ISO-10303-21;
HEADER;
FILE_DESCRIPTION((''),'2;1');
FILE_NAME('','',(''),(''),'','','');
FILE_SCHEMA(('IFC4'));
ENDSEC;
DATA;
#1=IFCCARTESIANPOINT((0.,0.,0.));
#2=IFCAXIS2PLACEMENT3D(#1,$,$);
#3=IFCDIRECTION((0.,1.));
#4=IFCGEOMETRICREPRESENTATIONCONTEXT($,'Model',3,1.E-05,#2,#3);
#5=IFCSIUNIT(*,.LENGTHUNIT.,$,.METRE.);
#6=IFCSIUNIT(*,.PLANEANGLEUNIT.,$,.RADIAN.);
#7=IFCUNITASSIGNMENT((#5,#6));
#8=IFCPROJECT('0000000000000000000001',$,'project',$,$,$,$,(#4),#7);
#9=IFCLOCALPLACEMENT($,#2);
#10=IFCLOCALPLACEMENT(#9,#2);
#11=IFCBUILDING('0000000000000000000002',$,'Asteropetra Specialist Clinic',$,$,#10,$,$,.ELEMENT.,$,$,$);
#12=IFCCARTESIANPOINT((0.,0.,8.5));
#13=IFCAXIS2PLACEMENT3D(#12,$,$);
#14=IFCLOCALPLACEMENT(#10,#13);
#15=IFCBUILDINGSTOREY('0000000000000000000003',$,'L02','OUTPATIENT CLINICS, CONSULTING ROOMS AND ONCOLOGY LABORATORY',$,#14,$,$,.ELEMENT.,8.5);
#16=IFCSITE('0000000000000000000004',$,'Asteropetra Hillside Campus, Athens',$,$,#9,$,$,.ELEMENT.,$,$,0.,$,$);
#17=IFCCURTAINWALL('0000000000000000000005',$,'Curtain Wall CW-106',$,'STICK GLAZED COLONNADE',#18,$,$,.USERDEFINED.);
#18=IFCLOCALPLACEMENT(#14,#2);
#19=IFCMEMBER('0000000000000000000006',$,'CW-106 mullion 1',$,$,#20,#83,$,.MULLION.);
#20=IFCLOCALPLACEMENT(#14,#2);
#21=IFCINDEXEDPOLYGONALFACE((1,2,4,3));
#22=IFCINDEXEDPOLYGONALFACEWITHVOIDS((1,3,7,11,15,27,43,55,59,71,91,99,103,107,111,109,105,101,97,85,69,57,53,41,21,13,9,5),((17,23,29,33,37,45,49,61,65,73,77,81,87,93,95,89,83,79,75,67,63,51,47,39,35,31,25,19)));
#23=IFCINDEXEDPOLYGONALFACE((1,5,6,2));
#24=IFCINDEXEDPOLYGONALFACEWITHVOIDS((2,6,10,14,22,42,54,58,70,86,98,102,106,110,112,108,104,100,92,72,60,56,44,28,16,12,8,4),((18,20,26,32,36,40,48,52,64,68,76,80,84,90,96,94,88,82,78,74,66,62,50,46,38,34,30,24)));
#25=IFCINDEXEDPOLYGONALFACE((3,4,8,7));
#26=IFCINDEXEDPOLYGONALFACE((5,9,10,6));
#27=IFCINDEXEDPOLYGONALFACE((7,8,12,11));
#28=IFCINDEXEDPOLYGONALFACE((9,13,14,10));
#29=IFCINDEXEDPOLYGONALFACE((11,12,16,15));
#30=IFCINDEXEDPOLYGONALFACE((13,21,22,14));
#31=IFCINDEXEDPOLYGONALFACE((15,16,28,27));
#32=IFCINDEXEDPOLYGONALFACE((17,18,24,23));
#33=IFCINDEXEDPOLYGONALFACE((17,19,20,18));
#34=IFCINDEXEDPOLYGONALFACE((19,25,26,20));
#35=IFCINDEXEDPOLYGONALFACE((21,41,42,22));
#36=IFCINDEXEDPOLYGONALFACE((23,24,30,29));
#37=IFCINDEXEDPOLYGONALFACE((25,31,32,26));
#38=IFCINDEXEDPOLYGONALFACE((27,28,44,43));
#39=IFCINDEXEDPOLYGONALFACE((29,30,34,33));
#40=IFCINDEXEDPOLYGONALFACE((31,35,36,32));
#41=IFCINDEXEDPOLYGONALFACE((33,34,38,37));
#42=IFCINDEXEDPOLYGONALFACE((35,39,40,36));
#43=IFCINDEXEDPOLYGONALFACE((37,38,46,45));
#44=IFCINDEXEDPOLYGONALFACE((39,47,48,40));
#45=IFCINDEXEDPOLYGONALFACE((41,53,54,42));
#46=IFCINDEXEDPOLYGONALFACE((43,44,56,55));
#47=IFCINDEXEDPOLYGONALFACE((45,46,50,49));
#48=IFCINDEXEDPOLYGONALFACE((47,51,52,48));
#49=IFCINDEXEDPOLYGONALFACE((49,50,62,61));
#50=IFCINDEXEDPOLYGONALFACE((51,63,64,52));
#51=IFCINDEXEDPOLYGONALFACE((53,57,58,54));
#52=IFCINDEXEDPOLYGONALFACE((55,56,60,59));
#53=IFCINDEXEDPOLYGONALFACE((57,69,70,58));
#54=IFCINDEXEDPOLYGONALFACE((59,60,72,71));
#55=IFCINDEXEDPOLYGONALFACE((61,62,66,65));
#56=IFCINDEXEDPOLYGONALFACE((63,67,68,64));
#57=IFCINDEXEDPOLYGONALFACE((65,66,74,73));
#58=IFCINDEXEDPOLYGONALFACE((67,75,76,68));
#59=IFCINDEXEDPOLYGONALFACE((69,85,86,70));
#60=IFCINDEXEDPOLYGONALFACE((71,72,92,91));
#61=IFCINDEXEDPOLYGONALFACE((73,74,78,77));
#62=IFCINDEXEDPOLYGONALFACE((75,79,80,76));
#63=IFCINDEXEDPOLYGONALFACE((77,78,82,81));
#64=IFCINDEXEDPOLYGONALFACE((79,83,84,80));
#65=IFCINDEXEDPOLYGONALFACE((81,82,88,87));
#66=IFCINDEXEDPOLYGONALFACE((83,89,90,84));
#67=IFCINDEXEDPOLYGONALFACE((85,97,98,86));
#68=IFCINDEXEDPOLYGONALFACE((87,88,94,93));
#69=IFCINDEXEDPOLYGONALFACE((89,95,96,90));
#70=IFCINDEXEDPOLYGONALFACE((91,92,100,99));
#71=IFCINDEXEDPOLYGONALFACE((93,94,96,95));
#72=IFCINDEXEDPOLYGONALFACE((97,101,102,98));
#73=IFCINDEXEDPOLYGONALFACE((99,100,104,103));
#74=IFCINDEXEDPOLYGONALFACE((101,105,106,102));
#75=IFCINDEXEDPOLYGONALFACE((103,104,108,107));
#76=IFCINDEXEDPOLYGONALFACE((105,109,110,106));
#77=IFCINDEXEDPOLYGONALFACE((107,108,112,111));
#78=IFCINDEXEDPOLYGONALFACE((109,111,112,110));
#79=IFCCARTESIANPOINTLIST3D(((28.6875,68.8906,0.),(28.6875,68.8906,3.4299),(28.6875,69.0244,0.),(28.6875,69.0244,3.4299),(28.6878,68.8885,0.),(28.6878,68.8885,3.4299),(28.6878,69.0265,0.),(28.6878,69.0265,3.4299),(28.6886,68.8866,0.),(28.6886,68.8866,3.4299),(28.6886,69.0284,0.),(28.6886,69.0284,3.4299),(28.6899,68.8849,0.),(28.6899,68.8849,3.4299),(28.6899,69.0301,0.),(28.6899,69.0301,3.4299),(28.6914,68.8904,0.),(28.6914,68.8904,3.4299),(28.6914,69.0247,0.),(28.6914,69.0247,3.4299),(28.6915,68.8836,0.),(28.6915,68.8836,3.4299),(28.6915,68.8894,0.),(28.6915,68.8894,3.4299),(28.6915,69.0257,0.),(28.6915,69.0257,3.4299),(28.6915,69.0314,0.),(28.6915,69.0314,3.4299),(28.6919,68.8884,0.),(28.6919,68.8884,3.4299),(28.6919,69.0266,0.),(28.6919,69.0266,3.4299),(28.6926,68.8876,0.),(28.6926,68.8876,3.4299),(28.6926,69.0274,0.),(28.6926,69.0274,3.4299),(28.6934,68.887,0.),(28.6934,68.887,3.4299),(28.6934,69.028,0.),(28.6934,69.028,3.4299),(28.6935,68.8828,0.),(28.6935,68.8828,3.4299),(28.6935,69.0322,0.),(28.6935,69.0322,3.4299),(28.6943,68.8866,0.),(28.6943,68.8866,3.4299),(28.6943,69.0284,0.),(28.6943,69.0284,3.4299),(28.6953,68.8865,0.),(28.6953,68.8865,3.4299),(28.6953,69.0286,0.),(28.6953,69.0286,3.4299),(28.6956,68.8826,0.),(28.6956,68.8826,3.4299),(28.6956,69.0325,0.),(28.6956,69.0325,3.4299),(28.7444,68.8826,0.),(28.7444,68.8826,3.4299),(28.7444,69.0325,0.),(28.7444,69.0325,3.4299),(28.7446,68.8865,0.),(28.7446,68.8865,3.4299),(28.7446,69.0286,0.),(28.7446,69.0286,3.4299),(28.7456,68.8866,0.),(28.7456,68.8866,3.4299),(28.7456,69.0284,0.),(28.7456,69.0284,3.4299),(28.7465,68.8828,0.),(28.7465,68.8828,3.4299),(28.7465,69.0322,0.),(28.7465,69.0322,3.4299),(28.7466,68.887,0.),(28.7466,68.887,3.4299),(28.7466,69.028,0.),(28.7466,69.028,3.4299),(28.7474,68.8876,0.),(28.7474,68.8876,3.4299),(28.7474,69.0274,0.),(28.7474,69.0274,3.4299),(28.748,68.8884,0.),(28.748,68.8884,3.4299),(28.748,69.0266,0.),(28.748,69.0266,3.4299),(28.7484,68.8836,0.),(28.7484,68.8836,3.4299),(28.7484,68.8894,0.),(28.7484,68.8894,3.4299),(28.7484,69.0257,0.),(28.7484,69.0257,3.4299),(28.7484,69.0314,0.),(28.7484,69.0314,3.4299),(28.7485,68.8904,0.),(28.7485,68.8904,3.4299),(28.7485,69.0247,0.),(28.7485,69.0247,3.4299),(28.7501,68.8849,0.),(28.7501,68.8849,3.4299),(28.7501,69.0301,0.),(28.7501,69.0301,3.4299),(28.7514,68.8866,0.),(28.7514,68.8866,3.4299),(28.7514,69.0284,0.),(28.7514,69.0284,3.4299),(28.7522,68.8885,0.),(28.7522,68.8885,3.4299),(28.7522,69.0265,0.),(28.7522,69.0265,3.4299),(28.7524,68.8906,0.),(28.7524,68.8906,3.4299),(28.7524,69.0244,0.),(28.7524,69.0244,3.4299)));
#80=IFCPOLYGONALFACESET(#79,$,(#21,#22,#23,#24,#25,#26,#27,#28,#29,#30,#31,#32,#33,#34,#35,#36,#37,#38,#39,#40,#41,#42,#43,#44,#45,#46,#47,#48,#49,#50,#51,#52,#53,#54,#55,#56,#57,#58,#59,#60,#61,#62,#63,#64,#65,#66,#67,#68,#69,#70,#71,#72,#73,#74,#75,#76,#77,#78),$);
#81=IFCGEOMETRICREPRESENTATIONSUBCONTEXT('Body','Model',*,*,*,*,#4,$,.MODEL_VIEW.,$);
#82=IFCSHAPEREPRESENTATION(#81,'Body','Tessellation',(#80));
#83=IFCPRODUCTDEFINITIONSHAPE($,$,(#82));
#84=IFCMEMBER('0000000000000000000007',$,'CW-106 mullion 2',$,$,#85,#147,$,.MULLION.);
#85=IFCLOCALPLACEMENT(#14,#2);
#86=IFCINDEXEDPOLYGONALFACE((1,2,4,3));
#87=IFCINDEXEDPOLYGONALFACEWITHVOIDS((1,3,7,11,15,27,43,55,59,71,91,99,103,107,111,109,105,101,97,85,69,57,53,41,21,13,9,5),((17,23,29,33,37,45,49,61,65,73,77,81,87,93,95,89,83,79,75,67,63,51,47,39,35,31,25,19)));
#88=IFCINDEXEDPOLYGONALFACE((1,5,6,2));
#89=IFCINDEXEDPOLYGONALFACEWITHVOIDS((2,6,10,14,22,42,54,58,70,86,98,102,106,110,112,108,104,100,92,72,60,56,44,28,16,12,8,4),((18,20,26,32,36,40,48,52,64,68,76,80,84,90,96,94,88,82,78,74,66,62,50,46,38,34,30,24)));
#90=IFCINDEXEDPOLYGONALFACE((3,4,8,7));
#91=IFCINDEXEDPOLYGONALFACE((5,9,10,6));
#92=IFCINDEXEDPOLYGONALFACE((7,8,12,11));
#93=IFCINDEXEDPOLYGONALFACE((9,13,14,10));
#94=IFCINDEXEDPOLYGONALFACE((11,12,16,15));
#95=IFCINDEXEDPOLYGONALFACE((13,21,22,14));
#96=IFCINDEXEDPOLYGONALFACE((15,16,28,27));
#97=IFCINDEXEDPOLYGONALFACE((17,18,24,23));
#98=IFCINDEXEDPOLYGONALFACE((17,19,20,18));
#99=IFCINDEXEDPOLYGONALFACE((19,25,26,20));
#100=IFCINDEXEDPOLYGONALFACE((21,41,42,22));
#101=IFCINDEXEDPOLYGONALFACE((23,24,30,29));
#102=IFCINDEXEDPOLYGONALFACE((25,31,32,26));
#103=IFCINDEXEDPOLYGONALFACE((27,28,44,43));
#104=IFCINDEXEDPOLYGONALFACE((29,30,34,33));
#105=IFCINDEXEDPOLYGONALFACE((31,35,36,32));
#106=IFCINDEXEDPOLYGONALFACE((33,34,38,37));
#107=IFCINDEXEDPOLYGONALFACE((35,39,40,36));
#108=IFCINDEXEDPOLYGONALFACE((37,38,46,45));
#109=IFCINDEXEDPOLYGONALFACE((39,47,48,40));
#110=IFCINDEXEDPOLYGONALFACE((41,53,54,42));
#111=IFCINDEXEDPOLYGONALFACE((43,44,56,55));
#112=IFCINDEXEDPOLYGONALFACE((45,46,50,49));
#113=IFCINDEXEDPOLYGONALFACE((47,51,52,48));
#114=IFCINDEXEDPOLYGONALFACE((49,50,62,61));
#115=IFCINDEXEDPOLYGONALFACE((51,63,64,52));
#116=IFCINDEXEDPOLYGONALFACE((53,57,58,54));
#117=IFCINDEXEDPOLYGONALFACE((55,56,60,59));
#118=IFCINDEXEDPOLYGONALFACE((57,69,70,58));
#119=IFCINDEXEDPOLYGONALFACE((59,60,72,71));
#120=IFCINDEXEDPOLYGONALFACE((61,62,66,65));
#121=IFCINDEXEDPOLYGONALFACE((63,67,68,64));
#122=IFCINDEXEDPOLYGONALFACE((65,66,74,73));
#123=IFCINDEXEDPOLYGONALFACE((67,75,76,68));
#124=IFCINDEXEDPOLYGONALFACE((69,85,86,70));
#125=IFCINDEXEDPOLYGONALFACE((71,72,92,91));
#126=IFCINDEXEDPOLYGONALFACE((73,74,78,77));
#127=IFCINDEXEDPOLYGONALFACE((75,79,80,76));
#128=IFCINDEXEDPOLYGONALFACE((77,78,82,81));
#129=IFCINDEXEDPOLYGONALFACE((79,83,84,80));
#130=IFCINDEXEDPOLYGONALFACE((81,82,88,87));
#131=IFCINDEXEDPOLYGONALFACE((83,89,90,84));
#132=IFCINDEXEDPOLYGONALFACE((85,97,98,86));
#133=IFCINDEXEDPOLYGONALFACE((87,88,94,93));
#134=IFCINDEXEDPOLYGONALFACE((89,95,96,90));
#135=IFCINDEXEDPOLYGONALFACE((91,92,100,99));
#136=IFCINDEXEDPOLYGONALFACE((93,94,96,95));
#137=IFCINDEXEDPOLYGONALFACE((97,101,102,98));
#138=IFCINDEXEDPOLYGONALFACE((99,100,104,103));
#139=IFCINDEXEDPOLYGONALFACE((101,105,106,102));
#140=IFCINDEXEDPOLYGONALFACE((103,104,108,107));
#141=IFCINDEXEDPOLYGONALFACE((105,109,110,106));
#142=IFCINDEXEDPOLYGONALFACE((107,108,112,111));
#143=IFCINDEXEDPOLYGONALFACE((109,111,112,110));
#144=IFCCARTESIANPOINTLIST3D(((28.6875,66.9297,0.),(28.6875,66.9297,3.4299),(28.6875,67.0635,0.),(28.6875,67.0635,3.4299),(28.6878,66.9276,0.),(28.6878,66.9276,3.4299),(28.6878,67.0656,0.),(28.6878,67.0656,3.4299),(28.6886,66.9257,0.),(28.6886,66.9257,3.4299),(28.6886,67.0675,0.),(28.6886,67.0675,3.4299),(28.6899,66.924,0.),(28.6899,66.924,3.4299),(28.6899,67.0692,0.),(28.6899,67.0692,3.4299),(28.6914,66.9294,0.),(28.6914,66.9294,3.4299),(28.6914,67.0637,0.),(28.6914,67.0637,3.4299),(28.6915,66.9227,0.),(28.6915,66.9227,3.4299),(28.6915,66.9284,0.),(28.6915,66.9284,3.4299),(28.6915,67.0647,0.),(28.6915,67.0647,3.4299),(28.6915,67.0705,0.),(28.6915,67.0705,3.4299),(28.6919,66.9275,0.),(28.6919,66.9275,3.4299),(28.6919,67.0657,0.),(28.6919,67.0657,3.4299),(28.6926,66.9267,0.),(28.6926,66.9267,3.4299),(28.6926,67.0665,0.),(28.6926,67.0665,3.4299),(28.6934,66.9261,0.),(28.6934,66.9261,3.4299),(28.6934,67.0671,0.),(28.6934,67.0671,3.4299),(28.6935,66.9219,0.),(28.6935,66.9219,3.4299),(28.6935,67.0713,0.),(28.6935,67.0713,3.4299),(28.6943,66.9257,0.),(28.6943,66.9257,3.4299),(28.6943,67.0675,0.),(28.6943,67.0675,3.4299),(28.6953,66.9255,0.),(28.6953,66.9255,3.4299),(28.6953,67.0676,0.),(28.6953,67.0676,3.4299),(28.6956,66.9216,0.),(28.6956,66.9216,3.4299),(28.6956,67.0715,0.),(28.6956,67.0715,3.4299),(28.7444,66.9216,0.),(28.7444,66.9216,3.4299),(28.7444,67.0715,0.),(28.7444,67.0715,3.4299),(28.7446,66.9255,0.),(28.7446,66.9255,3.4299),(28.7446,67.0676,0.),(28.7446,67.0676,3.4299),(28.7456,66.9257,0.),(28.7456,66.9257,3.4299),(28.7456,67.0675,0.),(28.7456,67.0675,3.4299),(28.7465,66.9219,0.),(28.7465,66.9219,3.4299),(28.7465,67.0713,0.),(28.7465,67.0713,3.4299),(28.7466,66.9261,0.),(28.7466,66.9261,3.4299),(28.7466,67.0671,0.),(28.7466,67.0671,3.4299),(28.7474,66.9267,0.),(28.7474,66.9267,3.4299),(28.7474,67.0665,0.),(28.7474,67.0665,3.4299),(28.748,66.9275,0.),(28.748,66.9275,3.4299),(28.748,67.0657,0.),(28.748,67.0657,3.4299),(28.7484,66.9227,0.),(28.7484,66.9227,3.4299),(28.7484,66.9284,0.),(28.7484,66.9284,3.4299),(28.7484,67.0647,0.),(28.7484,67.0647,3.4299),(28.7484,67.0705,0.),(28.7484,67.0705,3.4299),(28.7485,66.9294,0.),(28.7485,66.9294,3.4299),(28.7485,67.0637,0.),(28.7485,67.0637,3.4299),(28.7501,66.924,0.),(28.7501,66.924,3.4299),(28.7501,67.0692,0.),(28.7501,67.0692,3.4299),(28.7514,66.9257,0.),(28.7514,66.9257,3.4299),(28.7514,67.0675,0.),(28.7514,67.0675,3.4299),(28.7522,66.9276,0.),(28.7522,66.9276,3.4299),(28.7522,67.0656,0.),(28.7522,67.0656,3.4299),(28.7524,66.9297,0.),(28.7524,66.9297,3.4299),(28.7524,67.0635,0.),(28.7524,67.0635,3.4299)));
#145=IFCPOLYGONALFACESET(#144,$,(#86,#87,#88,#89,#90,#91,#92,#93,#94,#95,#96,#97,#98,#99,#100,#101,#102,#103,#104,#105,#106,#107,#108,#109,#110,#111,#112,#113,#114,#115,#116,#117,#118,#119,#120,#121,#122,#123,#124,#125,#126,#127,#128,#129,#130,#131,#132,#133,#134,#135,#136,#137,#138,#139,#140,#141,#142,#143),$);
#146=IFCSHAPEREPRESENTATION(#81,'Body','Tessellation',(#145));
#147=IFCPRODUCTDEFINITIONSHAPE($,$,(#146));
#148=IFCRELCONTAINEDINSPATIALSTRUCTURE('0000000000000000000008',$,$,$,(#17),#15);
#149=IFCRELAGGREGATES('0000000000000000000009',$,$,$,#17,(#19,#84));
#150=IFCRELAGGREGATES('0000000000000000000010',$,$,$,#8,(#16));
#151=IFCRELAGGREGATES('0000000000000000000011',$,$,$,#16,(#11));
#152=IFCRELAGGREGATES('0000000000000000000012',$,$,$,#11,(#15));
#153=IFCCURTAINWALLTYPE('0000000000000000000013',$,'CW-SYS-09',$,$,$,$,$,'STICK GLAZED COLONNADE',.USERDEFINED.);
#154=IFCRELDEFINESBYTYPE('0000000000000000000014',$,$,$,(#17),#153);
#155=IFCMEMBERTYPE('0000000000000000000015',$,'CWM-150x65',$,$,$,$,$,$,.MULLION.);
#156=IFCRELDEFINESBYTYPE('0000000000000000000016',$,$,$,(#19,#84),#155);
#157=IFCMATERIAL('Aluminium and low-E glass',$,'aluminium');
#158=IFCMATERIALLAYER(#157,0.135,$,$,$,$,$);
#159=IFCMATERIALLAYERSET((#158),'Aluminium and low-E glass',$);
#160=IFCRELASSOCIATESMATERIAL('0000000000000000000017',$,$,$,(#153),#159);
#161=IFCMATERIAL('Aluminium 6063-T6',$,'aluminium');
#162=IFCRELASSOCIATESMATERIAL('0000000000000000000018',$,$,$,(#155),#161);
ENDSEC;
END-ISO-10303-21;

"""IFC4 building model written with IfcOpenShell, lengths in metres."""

from ifc_helpers import new_model, si_unit, direction, frame, origin, origin_2d, place, context, subcontext, project, spatial, hollow_rectangle, extrude, material, layer, layer_set, material_profile, profile_set, type_object, element, aggregate, save


model = new_model("IFC4")

# Units and contexts
model_context = context("Model", 3, precision=1e-05, world=origin(), true_north=direction((0.0, 1.0)))
body_context = subcontext(model_context, "Body", "Model", "MODEL_VIEW")
ifc_project = project(units=[si_unit("LENGTHUNIT", "METRE"), si_unit("PLANEANGLEUNIT", "RADIAN")], contexts=[model_context])

# Site, building, storey
site_placement = place(None, origin())
site = spatial("IfcSite", under=ifc_project, at=site_placement, Name="Asteropetra Hillside Campus, Athens", CompositionType="ELEMENT", RefElevation=0.0)
building_placement = place(site_placement, origin())
building = spatial("IfcBuilding", under=site, at=building_placement, Name="Asteropetra Specialist Clinic", CompositionType="ELEMENT")
storey_placement = place(building_placement, frame((0.0, 0.0, 8.5)))
storey = spatial("IfcBuildingStorey", under=building, at=storey_placement, Name="L02", Description="OUTPATIENT CLINICS, CONSULTING ROOMS AND ONCOLOGY LABORATORY", CompositionType="ELEMENT", Elevation=8.5)

# Curtain wall, members
ifc_material_1 = material(Name="Aluminium and low-E glass", Category="aluminium")
ifc_layer_1 = layer(ifc_material_1, 0.135)
ifc_layer_set_1 = layer_set([ifc_layer_1], Name="Aluminium and low-E glass")
curtain_wall_type = type_object("IfcCurtainWallType", Name="CW-SYS-09", ElementType="STICK GLAZED COLONNADE", PredefinedType="USERDEFINED", material=ifc_layer_set_1)
curtain_wall_placement = place(storey_placement, origin())
curtain_wall = element("IfcCurtainWall", 1, at=curtain_wall_placement, inside=storey, type_object=curtain_wall_type, Name="Curtain Wall CW-106", ObjectType="STICK GLAZED COLONNADE", PredefinedType="USERDEFINED")
ifc_material_2 = material(Name="Aluminium 6063-T6", Category="aluminium")
ifc_material_profile_1 = material_profile(ifc_material_2, hollow_rectangle(XDim=0.0649, YDim=0.1499, WallThickness=0.0039, InnerFilletRadius=0.0039, OuterFilletRadius=0.0081, at=origin_2d()), Name="MUL 150x65x4.0")
ifc_profile_set_1 = profile_set([ifc_material_profile_1], Name="Aluminium 6063-T6")
member_type_1 = type_object("IfcMemberType", Name="CWM-150x65", PredefinedType="MULLION", material=ifc_profile_set_1)
member_1_placement = place(storey_placement, frame((28.72, 68.9575, 0.0), z_axis=(0.0, 0.0, 1.0), x_axis=(1.0, 0.0, 0.0)))
member_1 = element("IfcMember", 2, at=member_1_placement, type_object=member_type_1, Name="CW-106 mullion 1", PredefinedType="MULLION", context=body_context, shape_type="SweptSolid", body=[
    extrude(hollow_rectangle(XDim=0.0649, YDim=0.1499, WallThickness=0.0039, InnerFilletRadius=0.0039, OuterFilletRadius=0.0081, at=origin_2d()), origin(), (0.0, 0.0, 1.0), 3.4299),
])
member_2_placement = place(storey_placement, frame((28.72, 66.9966, 0.0), z_axis=(0.0, 0.0, 1.0), x_axis=(1.0, 0.0, 0.0)))
member_2 = element("IfcMember", 3, at=member_2_placement, type_object=member_type_1, Name="CW-106 mullion 2", PredefinedType="MULLION", context=body_context, shape_type="SweptSolid", body=[
    extrude(hollow_rectangle(XDim=0.0649, YDim=0.1499, WallThickness=0.0039, InnerFilletRadius=0.0039, OuterFilletRadius=0.0081, at=origin_2d()), origin(), (0.0, 0.0, 1.0), 3.4299),
])

aggregate(curtain_wall, [member_1, member_2])

save(model, "model.ifc")
